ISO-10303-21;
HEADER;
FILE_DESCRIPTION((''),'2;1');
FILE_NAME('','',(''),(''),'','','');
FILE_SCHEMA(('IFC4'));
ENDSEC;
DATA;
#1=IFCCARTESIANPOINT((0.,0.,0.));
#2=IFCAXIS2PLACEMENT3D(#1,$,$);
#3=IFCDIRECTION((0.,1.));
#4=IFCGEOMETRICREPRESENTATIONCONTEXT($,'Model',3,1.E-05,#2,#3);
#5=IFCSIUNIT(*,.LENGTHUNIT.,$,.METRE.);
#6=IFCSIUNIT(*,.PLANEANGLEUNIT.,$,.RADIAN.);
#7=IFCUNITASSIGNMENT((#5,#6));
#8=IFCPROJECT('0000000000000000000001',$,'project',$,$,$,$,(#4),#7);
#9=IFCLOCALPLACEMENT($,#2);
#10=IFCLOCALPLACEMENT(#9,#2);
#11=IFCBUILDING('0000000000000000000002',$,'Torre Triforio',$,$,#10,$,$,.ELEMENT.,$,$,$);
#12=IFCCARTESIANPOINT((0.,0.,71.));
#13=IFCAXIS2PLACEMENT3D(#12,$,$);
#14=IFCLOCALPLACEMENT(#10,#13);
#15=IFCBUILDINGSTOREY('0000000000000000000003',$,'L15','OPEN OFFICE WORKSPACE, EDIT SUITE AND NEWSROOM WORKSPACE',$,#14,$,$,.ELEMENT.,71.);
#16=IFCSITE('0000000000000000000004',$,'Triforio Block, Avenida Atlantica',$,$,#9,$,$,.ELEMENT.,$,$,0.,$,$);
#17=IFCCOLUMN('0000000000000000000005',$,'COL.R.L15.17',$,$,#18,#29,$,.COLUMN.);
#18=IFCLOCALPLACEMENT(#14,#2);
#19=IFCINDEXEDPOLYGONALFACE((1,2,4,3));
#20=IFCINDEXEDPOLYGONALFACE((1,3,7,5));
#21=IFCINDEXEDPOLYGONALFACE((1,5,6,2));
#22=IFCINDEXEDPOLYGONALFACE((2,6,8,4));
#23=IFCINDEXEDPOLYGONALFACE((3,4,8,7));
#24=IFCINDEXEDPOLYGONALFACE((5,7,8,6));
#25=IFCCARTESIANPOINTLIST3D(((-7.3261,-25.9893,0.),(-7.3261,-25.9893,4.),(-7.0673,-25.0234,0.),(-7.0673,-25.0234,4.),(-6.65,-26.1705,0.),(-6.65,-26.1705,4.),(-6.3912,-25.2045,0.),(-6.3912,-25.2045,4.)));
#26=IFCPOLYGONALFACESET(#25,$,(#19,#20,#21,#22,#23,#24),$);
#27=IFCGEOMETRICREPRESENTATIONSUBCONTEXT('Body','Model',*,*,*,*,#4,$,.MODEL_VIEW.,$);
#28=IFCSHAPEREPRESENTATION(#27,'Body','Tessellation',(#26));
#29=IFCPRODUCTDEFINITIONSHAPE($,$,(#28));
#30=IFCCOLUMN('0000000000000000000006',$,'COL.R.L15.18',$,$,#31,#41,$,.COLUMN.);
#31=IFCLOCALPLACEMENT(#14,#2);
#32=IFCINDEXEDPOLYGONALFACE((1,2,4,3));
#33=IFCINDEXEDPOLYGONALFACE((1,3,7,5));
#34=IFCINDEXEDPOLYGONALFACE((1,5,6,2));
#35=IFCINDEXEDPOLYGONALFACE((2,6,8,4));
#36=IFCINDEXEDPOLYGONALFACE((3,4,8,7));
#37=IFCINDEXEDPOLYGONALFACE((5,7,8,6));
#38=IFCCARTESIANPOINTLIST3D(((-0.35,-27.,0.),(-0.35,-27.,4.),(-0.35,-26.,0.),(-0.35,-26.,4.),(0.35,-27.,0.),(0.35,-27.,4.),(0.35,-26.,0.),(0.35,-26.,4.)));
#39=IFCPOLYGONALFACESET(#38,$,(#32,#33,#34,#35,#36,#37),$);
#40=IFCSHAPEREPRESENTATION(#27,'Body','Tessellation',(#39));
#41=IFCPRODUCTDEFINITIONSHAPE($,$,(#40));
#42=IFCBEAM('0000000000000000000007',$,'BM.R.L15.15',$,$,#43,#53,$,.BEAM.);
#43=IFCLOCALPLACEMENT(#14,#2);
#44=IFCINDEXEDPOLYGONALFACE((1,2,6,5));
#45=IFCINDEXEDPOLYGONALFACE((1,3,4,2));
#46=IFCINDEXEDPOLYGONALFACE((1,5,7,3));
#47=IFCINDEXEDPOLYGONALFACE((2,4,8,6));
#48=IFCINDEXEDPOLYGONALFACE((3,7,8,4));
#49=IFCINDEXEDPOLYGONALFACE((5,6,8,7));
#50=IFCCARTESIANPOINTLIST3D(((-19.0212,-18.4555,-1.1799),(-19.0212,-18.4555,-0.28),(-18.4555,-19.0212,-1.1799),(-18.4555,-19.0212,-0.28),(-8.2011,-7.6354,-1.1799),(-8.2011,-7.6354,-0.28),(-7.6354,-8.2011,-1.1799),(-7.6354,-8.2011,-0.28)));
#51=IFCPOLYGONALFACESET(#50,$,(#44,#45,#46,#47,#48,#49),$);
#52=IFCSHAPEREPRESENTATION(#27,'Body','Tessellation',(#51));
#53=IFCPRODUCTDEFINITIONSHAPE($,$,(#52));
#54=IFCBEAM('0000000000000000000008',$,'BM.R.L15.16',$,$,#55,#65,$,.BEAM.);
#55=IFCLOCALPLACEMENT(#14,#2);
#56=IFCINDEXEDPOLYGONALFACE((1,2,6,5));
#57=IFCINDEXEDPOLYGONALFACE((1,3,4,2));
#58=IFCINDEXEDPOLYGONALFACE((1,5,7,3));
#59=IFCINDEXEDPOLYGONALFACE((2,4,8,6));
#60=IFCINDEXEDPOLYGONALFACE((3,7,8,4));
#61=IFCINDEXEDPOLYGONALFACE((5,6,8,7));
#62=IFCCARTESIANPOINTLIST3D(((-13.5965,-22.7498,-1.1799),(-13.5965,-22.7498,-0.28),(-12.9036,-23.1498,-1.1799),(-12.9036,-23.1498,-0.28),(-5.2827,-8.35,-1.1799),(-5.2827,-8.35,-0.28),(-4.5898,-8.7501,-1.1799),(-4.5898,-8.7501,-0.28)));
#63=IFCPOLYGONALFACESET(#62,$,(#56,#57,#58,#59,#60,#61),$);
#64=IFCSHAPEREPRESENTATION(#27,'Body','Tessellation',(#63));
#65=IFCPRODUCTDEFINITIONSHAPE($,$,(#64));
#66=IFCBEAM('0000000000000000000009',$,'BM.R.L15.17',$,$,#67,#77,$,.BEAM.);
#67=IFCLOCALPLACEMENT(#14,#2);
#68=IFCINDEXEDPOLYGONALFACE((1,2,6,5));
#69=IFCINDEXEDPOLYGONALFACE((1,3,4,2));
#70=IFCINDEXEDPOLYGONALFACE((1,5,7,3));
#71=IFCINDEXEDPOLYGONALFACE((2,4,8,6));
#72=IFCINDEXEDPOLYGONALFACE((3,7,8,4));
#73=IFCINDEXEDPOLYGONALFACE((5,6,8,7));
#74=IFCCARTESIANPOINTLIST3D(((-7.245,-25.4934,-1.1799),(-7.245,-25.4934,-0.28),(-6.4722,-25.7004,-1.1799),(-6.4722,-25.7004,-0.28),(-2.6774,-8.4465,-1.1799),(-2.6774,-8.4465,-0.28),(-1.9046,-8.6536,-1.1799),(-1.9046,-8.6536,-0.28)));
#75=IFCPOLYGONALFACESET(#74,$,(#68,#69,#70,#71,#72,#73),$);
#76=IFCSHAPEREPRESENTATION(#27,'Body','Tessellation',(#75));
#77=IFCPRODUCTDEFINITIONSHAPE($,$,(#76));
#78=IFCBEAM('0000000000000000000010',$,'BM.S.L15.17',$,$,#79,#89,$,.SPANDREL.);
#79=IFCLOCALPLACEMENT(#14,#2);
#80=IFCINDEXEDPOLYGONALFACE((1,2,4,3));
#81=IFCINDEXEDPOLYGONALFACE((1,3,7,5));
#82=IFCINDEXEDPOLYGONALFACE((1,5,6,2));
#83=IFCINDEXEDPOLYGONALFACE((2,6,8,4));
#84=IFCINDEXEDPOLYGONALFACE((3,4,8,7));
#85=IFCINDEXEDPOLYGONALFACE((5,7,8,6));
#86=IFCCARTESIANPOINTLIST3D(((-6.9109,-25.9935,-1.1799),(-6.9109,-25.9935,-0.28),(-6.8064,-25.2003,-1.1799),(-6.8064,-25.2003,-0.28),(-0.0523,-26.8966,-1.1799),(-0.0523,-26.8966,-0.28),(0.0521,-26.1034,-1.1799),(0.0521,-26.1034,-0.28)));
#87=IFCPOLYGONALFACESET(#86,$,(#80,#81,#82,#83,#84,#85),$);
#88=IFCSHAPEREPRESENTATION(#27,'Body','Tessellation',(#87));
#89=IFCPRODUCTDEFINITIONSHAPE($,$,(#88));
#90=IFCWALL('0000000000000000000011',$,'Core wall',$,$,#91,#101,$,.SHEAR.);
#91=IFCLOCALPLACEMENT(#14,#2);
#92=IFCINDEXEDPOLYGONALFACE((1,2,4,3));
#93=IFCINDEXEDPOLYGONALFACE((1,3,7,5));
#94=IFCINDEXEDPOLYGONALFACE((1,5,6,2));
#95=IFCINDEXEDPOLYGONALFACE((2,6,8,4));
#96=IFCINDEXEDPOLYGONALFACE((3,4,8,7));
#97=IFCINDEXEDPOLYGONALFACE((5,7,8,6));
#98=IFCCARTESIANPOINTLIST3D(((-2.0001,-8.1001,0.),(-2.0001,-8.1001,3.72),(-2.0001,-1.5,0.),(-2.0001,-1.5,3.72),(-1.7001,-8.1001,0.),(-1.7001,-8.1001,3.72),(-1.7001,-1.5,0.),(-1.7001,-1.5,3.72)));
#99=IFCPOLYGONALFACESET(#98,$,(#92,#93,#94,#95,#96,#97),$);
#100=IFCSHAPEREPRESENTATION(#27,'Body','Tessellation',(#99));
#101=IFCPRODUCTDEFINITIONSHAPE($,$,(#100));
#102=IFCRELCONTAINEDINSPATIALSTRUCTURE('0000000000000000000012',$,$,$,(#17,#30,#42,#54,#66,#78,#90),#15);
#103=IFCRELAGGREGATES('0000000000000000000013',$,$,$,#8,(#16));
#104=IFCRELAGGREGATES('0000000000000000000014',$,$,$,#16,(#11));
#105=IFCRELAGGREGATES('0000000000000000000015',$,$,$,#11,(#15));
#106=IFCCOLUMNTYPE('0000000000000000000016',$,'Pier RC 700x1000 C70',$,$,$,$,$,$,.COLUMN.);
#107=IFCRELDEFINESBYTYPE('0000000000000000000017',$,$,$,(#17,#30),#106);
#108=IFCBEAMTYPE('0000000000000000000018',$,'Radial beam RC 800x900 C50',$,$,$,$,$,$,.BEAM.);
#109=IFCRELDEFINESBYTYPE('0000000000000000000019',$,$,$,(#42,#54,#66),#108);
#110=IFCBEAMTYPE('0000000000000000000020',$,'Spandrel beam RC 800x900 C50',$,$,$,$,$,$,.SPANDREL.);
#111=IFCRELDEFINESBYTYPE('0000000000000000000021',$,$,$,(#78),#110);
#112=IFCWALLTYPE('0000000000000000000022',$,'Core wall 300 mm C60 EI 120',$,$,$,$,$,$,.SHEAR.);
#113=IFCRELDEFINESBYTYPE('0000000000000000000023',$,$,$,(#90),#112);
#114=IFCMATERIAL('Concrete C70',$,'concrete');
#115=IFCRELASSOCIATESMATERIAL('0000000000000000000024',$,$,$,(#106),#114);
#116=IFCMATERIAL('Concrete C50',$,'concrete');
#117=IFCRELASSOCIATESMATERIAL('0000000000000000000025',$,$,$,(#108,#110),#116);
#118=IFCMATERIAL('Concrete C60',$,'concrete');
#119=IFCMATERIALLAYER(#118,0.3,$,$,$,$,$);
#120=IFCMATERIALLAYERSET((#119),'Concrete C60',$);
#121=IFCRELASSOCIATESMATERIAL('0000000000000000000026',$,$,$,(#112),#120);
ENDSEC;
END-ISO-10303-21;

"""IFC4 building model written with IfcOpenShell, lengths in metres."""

from ifc_helpers import new_model, si_unit, direction, frame, frame_2d, origin, origin_2d, place, context, subcontext, project, spatial, rectangle, extrude, material, layer, layer_set, material_profile, profile_set, type_object, element, save


model = new_model("IFC4")

# Units and contexts
model_context = context("Model", 3, precision=1e-05, world=origin(), true_north=direction((0.0, 1.0)))
body_context = subcontext(model_context, "Body", "Model", "MODEL_VIEW")
ifc_project = project(units=[si_unit("LENGTHUNIT", "METRE"), si_unit("PLANEANGLEUNIT", "RADIAN")], contexts=[model_context])

# Site, building, storey
site_placement = place(None, origin())
site = spatial("IfcSite", under=ifc_project, at=site_placement, Name="Triforio Block, Avenida Atlantica", CompositionType="ELEMENT", RefElevation=0.0)
building_placement = place(site_placement, origin())
building = spatial("IfcBuilding", under=site, at=building_placement, Name="Torre Triforio", CompositionType="ELEMENT")
storey_placement = place(building_placement, frame((0.0, 0.0, 71.0)))
storey = spatial("IfcBuildingStorey", under=building, at=storey_placement, Name="L15", Description="OPEN OFFICE WORKSPACE, EDIT SUITE AND NEWSROOM WORKSPACE", CompositionType="ELEMENT", Elevation=71.0)

# Columns
ifc_material_1 = material(Name="Concrete C70", Category="concrete")
ifc_material_profile_1 = material_profile(ifc_material_1, rectangle(XDim=0.7, YDim=1.0, at=origin_2d()), Name="RC 700x1000")
ifc_profile_set_1 = profile_set([ifc_material_profile_1], Name="Concrete C70")
column_type = type_object("IfcColumnType", Name="Pier RC 700x1000 C70", PredefinedType="COLUMN", material=ifc_profile_set_1)
for number, where, z_axis, x_axis, name in (
    (1, (-6.8586, -25.5969, 0.0), (0.0, 0.0, 1.0), (0.965926, -0.258819, 0.0), "COL.R.L15.17"),
    (2, (0.0, -26.5, 0.0), (0.0, 0.0, 1.0), (1.0, 0.0, 0.0), "COL.R.L15.18"),
):
    element("IfcColumn", number, at=place(storey_placement, frame(where, z_axis=z_axis, x_axis=x_axis)), inside=storey, type_object=column_type, Name=name, PredefinedType="COLUMN", context=body_context, shape_type="SweptSolid", body=[
        extrude(rectangle(XDim=0.7, YDim=1.0, at=origin_2d()), origin(), (0.0, 0.0, 1.0), 4.0),
    ])

# Beams
ifc_material_2 = material(Name="Concrete C50", Category="concrete")
ifc_material_profile_2 = material_profile(ifc_material_2, rectangle(XDim=0.8, YDim=0.8999, at=origin_2d()), Name="RC 800x900")
ifc_profile_set_2 = profile_set([ifc_material_profile_2], Name="Concrete C50")
beam_type_1 = type_object("IfcBeamType", Name="Radial beam RC 800x900 C50", PredefinedType="BEAM", material=ifc_profile_set_2)
beam_1_placement = place(storey_placement, frame((-7.9182, -7.9182, -0.73), z_axis=(-0.707107, -0.707107, 0.0), x_axis=(0.707107, -0.707107, 0.0)))
element("IfcBeam", 3, at=beam_1_placement, inside=storey, type_object=beam_type_1, Name="BM.R.L15.15", PredefinedType="BEAM", context=body_context, shape_type="SweptSolid", body=[
    extrude(rectangle(XDim=0.8, YDim=0.8999, at=origin_2d()), origin(), (0.0, 0.0, 1.0), 15.302),
])
beam_2_placement = place(storey_placement, frame((-4.9363, -8.55, -0.73), z_axis=(-0.500003, -0.866023, 0.0), x_axis=(0.866023, -0.500003, 0.0)))
element("IfcBeam", 4, at=beam_2_placement, inside=storey, type_object=beam_type_1, Name="BM.R.L15.16", PredefinedType="BEAM", context=body_context, shape_type="SweptSolid", body=[
    extrude(rectangle(XDim=0.8, YDim=0.8999, at=origin_2d()), origin(), (0.0, 0.0, 1.0), 16.6274),
])
beam_3_placement = place(storey_placement, frame((-2.291, -8.55, -0.73), z_axis=(-0.258815, -0.965927, 0.0), x_axis=(0.965927, -0.258815, 0.0)))
element("IfcBeam", 5, at=beam_3_placement, inside=storey, type_object=beam_type_1, Name="BM.R.L15.17", PredefinedType="BEAM", context=body_context, shape_type="SweptSolid", body=[
    extrude(rectangle(XDim=0.8, YDim=0.8999, at=origin_2d()), origin(), (0.0, 0.0, 1.0), 17.6482),
])
ifc_material_profile_3 = material_profile(ifc_material_2, rectangle(XDim=0.8, YDim=0.8999, at=origin_2d()), Name="RC 800x900")
ifc_profile_set_3 = profile_set([ifc_material_profile_3], Name="Concrete C50")
beam_type_2 = type_object("IfcBeamType", Name="Spandrel beam RC 800x900 C50", PredefinedType="SPANDREL", material=ifc_profile_set_3)
beam_4_placement = place(storey_placement, frame((-6.8586, -25.5969, -0.73), z_axis=(0.991443, -0.130543, 0.0), x_axis=(0.130543, 0.991443, 0.0)))
element("IfcBeam", 6, at=beam_4_placement, inside=storey, type_object=beam_type_2, Name="BM.S.L15.17", PredefinedType="SPANDREL", context=body_context, shape_type="SweptSolid", body=[
    extrude(rectangle(XDim=0.8, YDim=0.8999, at=origin_2d()), origin(), (0.0, 0.0, 1.0), 6.9177),
])

# Wall
ifc_material_3 = material(Name="Concrete C60", Category="concrete")
ifc_layer_1 = layer(ifc_material_3, 0.3)
ifc_layer_set_1 = layer_set([ifc_layer_1], Name="Concrete C60")
wall_type_1 = type_object("IfcWallType", Name="Core wall 300 mm C60 EI 120", PredefinedType="SHEAR", material=ifc_layer_set_1)
wall_1_placement = place(storey_placement, frame((-1.8501, -8.1001, 0.0), z_axis=(0.0, 0.0, 1.0), x_axis=(0.0, 1.0, 0.0)))
element("IfcWall", 7, at=wall_1_placement, inside=storey, type_object=wall_type_1, Name="Core wall", PredefinedType="SHEAR", context=body_context, shape_type="SweptSolid", body=[
    extrude(rectangle(XDim=6.6001, YDim=0.3, at=frame_2d((3.3, 0.0))), origin(), (0.0, 0.0, 1.0), 3.72),
])

save(model, "model.ifc")
